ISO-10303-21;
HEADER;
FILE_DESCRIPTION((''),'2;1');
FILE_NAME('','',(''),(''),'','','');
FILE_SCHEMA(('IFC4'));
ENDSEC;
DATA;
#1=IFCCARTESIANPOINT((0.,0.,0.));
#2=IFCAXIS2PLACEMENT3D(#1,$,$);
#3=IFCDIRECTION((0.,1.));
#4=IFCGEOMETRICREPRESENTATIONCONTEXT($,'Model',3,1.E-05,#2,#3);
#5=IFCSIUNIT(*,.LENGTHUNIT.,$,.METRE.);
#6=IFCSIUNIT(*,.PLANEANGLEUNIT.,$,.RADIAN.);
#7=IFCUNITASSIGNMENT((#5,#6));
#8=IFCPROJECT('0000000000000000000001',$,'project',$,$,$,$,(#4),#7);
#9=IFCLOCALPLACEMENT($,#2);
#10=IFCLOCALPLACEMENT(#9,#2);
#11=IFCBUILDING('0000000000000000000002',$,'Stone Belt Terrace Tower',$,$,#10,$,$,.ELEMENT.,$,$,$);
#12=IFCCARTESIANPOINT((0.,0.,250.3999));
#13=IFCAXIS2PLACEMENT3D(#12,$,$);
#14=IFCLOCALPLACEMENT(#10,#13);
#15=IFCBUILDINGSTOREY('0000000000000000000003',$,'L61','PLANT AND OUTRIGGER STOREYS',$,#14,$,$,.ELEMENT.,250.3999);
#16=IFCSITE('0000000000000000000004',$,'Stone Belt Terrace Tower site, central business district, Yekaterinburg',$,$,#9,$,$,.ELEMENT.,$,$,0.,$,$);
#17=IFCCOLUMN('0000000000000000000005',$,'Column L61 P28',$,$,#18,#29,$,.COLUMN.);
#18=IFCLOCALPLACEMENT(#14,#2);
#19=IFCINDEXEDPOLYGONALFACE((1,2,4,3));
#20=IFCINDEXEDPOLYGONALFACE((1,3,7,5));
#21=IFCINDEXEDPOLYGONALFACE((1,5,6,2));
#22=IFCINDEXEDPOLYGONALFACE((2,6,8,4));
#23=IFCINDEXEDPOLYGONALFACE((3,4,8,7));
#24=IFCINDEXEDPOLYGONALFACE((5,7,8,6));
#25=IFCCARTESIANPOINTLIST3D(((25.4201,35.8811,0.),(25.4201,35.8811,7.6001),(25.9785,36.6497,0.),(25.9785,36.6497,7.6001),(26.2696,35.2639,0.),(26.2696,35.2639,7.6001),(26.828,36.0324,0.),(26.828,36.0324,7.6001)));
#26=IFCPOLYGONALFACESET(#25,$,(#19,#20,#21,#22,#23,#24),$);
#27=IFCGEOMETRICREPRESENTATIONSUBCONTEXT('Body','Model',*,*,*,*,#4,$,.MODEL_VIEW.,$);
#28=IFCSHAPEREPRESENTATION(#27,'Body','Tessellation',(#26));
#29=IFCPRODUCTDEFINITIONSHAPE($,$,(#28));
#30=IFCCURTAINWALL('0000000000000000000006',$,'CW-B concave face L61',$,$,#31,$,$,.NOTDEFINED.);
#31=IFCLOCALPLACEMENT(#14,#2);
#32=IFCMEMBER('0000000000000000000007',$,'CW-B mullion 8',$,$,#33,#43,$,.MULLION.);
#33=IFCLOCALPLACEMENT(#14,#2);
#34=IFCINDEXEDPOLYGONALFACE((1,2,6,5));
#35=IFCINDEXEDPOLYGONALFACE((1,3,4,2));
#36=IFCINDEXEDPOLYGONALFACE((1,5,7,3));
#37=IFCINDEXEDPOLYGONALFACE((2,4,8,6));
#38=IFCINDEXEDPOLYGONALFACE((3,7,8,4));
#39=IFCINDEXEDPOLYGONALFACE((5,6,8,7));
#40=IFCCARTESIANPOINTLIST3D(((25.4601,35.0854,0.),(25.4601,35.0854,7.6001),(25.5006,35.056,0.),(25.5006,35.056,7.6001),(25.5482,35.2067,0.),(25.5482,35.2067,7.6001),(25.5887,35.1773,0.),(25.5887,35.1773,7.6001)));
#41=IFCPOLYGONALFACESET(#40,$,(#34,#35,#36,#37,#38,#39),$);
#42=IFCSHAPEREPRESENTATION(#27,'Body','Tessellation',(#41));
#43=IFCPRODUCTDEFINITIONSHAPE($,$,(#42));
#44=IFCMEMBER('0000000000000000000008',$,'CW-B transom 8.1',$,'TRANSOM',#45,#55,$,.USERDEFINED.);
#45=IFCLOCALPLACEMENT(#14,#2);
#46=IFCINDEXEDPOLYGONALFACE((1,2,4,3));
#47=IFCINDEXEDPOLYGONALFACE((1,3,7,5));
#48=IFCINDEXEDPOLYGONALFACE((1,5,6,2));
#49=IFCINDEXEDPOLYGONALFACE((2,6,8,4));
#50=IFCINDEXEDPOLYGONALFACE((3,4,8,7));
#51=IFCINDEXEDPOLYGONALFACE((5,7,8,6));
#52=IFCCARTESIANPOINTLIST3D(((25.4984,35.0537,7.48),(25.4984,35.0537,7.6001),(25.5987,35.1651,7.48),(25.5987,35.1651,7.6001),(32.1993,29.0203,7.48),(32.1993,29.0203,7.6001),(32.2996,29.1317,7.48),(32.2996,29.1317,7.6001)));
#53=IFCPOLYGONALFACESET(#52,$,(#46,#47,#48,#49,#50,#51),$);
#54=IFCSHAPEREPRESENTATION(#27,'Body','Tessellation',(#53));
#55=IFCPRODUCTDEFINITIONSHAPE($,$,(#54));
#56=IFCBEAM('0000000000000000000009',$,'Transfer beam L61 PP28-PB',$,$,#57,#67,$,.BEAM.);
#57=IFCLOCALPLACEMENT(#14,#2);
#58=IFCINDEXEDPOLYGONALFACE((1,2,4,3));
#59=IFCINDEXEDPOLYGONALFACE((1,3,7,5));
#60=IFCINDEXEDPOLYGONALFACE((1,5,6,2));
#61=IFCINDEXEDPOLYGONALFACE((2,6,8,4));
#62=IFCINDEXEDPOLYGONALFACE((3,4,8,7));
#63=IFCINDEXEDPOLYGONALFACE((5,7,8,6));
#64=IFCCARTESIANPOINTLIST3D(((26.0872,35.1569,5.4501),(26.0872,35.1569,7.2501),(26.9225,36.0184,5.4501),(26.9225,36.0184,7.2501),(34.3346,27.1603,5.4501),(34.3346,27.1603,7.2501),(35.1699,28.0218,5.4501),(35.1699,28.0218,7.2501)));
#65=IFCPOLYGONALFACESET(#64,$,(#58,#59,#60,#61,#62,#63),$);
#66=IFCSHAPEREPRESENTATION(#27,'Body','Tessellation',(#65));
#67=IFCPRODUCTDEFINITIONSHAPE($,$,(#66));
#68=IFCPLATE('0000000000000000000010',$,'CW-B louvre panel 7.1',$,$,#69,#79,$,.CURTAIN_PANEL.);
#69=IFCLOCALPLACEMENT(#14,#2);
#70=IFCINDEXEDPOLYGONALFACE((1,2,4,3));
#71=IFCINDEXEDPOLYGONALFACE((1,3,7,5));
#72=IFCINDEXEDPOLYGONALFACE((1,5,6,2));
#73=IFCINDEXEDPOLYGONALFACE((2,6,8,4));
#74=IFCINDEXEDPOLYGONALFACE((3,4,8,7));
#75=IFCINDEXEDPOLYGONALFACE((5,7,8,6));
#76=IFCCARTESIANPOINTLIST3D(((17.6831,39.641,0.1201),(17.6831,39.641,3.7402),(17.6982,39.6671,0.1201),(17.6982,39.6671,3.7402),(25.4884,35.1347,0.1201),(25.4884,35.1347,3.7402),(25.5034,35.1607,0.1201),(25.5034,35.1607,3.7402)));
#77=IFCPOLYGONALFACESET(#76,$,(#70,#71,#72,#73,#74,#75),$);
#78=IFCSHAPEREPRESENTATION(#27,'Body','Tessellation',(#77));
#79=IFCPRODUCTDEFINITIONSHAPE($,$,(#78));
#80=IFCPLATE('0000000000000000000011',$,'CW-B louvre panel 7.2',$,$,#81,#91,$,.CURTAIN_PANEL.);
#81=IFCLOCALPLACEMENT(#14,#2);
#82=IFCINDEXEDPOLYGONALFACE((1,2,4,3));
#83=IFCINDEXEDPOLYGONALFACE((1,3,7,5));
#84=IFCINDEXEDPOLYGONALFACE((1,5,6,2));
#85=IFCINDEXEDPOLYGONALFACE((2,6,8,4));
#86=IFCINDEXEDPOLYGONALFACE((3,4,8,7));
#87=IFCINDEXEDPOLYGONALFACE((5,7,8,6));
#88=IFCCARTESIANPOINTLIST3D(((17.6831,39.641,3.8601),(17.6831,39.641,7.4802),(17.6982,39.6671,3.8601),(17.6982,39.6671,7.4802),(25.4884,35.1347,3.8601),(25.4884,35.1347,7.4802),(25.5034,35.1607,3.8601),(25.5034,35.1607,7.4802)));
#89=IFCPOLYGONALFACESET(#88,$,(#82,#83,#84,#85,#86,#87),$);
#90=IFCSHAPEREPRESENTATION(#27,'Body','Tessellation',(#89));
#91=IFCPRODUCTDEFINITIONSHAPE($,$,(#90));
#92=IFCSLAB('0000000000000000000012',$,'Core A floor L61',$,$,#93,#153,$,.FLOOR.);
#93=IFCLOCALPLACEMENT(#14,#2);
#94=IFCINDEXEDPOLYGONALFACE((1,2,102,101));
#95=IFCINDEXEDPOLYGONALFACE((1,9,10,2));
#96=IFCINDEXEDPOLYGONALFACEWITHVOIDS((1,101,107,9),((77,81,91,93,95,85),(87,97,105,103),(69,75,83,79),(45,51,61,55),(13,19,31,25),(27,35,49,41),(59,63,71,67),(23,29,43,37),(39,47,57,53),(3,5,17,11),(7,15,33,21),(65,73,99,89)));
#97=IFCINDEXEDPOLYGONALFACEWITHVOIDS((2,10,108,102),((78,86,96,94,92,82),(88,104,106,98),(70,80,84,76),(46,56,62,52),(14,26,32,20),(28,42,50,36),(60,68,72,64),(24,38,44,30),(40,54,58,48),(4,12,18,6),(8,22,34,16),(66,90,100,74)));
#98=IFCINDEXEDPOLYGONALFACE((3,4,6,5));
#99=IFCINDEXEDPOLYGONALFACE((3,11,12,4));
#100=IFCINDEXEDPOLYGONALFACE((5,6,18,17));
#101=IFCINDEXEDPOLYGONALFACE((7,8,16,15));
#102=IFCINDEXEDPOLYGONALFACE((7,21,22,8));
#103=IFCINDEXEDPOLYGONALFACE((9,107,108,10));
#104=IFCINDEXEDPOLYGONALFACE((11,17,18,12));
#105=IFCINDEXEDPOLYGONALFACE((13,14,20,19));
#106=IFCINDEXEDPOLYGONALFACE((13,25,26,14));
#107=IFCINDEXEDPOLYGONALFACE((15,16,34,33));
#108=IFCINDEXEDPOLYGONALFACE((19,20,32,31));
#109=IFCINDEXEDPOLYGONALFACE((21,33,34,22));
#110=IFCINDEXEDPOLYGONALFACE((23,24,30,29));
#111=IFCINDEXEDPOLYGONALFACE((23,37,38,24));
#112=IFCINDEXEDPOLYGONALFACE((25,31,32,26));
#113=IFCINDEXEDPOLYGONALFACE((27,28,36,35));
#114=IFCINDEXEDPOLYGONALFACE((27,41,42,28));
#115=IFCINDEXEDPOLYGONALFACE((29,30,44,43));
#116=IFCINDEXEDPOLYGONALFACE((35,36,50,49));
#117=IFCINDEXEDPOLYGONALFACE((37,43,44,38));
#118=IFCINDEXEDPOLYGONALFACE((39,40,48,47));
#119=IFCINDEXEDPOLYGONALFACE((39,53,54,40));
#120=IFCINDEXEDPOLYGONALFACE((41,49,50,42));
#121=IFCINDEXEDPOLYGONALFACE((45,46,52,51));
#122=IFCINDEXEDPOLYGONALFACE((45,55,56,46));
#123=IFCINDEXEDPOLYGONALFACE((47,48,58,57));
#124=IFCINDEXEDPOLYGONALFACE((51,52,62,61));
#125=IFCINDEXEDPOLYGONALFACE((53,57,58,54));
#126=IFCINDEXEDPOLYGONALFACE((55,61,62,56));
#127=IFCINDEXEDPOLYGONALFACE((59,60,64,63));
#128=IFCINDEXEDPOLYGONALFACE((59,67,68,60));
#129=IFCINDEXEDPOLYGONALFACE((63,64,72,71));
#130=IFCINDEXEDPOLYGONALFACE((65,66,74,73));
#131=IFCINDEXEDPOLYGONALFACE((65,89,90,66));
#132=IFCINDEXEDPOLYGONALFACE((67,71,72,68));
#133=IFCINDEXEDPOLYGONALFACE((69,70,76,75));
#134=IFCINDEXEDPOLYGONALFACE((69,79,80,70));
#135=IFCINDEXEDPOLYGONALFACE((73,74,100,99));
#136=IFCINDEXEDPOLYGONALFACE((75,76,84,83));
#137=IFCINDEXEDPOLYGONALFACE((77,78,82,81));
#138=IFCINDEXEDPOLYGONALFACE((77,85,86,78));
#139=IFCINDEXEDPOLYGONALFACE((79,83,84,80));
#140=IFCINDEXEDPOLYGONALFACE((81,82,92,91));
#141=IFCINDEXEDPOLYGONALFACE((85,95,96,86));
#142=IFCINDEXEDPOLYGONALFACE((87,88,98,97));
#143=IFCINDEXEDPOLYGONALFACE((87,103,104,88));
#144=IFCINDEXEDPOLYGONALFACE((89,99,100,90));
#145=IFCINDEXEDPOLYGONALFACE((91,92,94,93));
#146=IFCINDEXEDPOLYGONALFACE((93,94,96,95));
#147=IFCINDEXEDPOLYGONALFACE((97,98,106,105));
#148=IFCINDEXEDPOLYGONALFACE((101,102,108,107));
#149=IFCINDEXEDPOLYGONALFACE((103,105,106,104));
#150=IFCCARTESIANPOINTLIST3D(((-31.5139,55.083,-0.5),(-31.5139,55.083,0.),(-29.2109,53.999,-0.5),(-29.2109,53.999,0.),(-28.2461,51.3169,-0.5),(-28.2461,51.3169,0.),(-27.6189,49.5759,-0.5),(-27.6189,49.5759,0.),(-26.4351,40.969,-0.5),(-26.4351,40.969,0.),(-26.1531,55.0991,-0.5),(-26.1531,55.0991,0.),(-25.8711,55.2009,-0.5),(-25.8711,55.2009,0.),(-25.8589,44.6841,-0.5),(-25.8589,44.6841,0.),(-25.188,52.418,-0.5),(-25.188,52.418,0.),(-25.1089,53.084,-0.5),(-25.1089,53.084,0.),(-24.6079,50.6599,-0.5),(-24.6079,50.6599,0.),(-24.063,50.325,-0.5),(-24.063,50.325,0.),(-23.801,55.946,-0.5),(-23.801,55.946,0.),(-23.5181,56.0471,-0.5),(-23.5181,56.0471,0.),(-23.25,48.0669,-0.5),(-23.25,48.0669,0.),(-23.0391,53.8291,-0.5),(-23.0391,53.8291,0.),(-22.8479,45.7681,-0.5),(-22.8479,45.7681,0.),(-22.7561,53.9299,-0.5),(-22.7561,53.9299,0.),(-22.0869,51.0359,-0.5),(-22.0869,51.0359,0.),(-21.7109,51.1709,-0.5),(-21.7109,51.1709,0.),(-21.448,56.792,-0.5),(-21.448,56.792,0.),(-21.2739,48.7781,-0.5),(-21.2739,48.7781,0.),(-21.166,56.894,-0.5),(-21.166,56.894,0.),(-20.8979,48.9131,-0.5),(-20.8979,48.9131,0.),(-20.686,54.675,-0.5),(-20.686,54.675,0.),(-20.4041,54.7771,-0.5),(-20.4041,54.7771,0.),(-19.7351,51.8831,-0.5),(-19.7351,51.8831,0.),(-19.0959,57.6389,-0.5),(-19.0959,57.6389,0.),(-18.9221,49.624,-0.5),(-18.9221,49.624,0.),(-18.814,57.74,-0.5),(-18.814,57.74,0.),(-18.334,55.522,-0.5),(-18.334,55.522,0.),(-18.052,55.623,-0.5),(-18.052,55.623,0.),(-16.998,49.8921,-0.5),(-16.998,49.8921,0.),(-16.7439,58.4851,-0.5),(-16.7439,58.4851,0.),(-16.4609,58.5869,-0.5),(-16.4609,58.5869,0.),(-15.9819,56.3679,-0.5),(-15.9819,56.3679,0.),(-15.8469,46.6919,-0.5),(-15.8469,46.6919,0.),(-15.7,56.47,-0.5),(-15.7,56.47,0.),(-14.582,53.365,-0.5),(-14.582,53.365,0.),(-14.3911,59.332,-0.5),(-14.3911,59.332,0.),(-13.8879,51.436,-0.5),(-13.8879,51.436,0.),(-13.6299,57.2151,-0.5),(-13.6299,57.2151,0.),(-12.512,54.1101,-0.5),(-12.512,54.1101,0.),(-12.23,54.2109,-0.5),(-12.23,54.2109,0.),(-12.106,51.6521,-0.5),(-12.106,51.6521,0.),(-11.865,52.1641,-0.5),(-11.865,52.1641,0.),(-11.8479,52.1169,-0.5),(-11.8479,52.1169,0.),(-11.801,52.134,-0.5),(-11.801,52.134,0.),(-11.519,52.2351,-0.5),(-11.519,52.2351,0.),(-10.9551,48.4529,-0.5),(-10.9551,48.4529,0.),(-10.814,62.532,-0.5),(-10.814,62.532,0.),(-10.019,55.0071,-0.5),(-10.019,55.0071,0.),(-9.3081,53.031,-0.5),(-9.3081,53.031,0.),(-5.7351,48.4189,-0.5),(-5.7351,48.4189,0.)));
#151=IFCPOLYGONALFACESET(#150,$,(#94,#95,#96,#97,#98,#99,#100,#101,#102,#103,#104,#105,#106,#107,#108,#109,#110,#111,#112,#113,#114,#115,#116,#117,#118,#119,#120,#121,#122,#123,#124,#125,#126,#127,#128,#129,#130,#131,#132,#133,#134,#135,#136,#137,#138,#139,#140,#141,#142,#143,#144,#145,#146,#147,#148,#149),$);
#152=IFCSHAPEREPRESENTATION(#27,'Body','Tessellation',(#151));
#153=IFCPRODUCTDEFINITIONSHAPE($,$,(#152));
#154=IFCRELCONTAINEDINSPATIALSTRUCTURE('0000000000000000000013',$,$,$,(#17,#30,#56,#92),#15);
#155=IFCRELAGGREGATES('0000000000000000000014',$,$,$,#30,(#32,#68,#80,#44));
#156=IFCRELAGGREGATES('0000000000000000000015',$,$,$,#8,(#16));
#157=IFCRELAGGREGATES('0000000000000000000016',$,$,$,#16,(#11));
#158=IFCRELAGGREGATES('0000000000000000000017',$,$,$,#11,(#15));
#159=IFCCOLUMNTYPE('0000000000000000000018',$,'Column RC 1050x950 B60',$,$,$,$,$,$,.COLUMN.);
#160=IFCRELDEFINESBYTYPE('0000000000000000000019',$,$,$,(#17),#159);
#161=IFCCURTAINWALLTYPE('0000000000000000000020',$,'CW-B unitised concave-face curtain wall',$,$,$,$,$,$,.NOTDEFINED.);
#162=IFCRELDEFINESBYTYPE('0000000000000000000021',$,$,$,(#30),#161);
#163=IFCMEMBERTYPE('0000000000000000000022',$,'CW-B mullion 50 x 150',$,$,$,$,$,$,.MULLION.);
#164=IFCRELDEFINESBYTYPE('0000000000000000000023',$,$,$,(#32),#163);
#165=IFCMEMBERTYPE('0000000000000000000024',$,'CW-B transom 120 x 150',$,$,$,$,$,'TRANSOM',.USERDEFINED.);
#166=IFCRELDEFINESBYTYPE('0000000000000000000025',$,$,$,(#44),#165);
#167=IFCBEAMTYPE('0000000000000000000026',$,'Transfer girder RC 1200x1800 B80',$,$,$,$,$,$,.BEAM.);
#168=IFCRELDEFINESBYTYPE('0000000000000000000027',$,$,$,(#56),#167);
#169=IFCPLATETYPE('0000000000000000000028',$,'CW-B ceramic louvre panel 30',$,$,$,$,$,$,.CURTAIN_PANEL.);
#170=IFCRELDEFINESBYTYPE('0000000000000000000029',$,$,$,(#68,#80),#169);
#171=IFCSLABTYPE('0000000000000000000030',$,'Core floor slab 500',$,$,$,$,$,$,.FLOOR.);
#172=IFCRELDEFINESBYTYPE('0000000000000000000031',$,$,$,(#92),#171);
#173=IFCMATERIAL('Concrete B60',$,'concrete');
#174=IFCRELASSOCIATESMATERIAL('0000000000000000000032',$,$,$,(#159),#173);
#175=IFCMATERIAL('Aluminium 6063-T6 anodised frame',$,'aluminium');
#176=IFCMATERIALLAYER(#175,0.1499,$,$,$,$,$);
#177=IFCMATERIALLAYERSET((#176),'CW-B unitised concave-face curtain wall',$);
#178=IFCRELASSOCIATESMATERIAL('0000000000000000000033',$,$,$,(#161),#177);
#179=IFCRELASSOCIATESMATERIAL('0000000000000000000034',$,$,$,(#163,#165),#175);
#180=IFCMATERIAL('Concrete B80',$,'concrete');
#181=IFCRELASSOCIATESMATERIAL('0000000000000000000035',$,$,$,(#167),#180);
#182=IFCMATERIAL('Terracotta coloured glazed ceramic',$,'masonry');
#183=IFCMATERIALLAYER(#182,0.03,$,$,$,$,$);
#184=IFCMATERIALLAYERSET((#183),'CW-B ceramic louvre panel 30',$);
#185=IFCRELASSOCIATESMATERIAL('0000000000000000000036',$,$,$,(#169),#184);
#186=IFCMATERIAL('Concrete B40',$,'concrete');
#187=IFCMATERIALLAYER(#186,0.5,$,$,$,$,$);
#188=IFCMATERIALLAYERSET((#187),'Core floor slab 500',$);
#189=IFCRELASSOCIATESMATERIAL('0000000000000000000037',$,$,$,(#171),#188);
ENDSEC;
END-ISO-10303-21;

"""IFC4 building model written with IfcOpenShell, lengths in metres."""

from ifc_helpers import new_model, si_unit, direction, frame, origin, origin_2d, place, context, subcontext, project, spatial, polyline, rectangle, outline, extrude, material, layer, layer_set, material_profile, profile_set, type_object, element, aggregate, save


model = new_model("IFC4")

# Units and contexts
model_context = context("Model", 3, precision=1e-05, world=origin(), true_north=direction((0.0, 1.0)))
body_context = subcontext(model_context, "Body", "Model", "MODEL_VIEW")
ifc_project = project(units=[si_unit("LENGTHUNIT", "METRE"), si_unit("PLANEANGLEUNIT", "RADIAN")], contexts=[model_context])

# Site, building, storey
site_placement = place(None, origin())
site = spatial("IfcSite", under=ifc_project, at=site_placement, Name="Stone Belt Terrace Tower site, central business district, Yekaterinburg", CompositionType="ELEMENT", RefElevation=0.0)
building_placement = place(site_placement, origin())
building = spatial("IfcBuilding", under=site, at=building_placement, Name="Stone Belt Terrace Tower", CompositionType="ELEMENT")
storey_placement = place(building_placement, frame((0.0, 0.0, 250.3999)))
storey = spatial("IfcBuildingStorey", under=building, at=storey_placement, Name="L61", Description="PLANT AND OUTRIGGER STOREYS", CompositionType="ELEMENT", Elevation=250.3999)

# Column
ifc_material_1 = material(Name="Concrete B60", Category="concrete")
ifc_material_profile_1 = material_profile(ifc_material_1, rectangle(XDim=1.05, YDim=0.95, at=origin_2d()), Name="RC 1050x950")
ifc_profile_set_1 = profile_set([ifc_material_profile_1], Name="Concrete B60")
column_type = type_object("IfcColumnType", Name="Column RC 1050x950 B60", PredefinedType="COLUMN", material=ifc_profile_set_1)
column_placement = place(storey_placement, frame((26.124, 35.9568, 0.0), z_axis=(0.0, 0.0, 1.0), x_axis=(0.809017, -0.587785, 0.0)))
element("IfcColumn", 1, at=column_placement, inside=storey, type_object=column_type, Name="Column L61 P28", PredefinedType="COLUMN", context=body_context, shape_type="SweptSolid", body=[
    extrude(rectangle(XDim=1.05, YDim=0.95, at=origin_2d()), origin(), (0.0, 0.0, 1.0), 7.6001),
])

# Curtain wall, members
ifc_material_2 = material(Name="Aluminium 6063-T6 anodised frame", Category="aluminium")
ifc_layer_1 = layer(ifc_material_2, 0.1499)
ifc_layer_set_1 = layer_set([ifc_layer_1], Name="CW-B unitised concave-face curtain wall")
curtain_wall_type = type_object("IfcCurtainWallType", Name="CW-B unitised concave-face curtain wall", PredefinedType="NOTDEFINED", material=ifc_layer_set_1)
curtain_wall_placement = place(storey_placement, origin())
curtain_wall = element("IfcCurtainWall", 2, at=curtain_wall_placement, inside=storey, type_object=curtain_wall_type, Name="CW-B concave face L61", PredefinedType="NOTDEFINED")
ifc_material_profile_2 = material_profile(ifc_material_2, rectangle(XDim=0.1499, YDim=0.05, at=origin_2d()), Name="Aluminium 6063-T6 50x150")
ifc_profile_set_2 = profile_set([ifc_material_profile_2], Name="Aluminium 6063-T6 anodised frame")
member_type_1 = type_object("IfcMemberType", Name="CW-B mullion 50 x 150", PredefinedType="MULLION", material=ifc_profile_set_2)
member_1_placement = place(storey_placement, frame((25.5244, 35.1313, 0.0), z_axis=(0.0, 0.0, 1.0), x_axis=(0.587785, 0.809017, 0.0)))
member_1 = element("IfcMember", 3, at=member_1_placement, type_object=member_type_1, Name="CW-B mullion 8", PredefinedType="MULLION", context=body_context, shape_type="SweptSolid", body=[
    extrude(rectangle(XDim=0.1499, YDim=0.05, at=origin_2d()), origin(), (0.0, 0.0, 1.0), 7.6001),
])
ifc_material_profile_3 = material_profile(ifc_material_2, rectangle(XDim=0.1499, YDim=0.1201, at=origin_2d()), Name="Aluminium 6063-T6 150x120")
ifc_profile_set_3 = profile_set([ifc_material_profile_3], Name="Aluminium 6063-T6 anodised frame")
member_type_2 = type_object("IfcMemberType", Name="CW-B transom 120 x 150", ElementType="TRANSOM", PredefinedType="USERDEFINED", material=ifc_profile_set_3)
member_2_placement = place(storey_placement, frame((25.5486, 35.1094, 7.54), z_axis=(0.74315, -0.669125, 0.0), x_axis=(0.669125, 0.74315, 0.0)))
member_2 = element("IfcMember", 4, at=member_2_placement, type_object=member_type_2, Name="CW-B transom 8.1", ObjectType="TRANSOM", PredefinedType="USERDEFINED", context=body_context, shape_type="SweptSolid", body=[
    extrude(rectangle(XDim=0.1499, YDim=0.1201, at=origin_2d()), origin(), (0.0, 0.0, 1.0), 9.0168),
])

# Beam
ifc_material_3 = material(Name="Concrete B80", Category="concrete")
ifc_material_profile_4 = material_profile(ifc_material_3, rectangle(XDim=1.2, YDim=1.8, at=origin_2d()), Name="RC 1200x1800")
ifc_profile_set_4 = profile_set([ifc_material_profile_4], Name="Concrete B80")
beam_type = type_object("IfcBeamType", Name="Transfer girder RC 1200x1800 B80", PredefinedType="BEAM", material=ifc_profile_set_4)
beam_placement = place(storey_placement, frame((26.5049, 35.5876, 6.3501), z_axis=(0.717936, -0.696109, 0.0), x_axis=(0.696109, 0.717936, 0.0)))
element("IfcBeam", 5, at=beam_placement, inside=storey, type_object=beam_type, Name="Transfer beam L61 PP28-PB", PredefinedType="BEAM", context=body_context, shape_type="SweptSolid", body=[
    extrude(rectangle(XDim=1.2, YDim=1.8, at=origin_2d()), origin(), (0.0, 0.0, 1.0), 11.4875),
])

# Plates
ifc_material_4 = material(Name="Terracotta coloured glazed ceramic", Category="masonry")
ifc_layer_2 = layer(ifc_material_4, 0.03)
ifc_layer_set_2 = layer_set([ifc_layer_2], Name="CW-B ceramic louvre panel 30")
plate_type = type_object("IfcPlateType", Name="CW-B ceramic louvre panel 30", PredefinedType="CURTAIN_PANEL", material=ifc_layer_set_2)
plate_1_placement = place(storey_placement, frame((21.5933, 37.4009, 0.1201), z_axis=(0.0, 0.0, 1.0), x_axis=(0.866025, -0.5, 0.0)))
plate_1 = element("IfcPlate", 6, at=plate_1_placement, type_object=plate_type, Name="CW-B louvre panel 7.1", PredefinedType="CURTAIN_PANEL", context=body_context, shape_type="SweptSolid", body=[
    extrude(rectangle(XDim=9.0127, YDim=0.03, at=origin_2d()), origin(), (0.0, 0.0, 1.0), 3.6201),
])
plate_2_placement = place(storey_placement, frame((21.5933, 37.4009, 3.8601), z_axis=(0.0, 0.0, 1.0), x_axis=(0.866025, -0.5, 0.0)))
plate_2 = element("IfcPlate", 7, at=plate_2_placement, type_object=plate_type, Name="CW-B louvre panel 7.2", PredefinedType="CURTAIN_PANEL", context=body_context, shape_type="SweptSolid", body=[
    extrude(rectangle(XDim=9.0127, YDim=0.03, at=origin_2d()), origin(), (0.0, 0.0, 1.0), 3.6201),
])
aggregate(curtain_wall, [member_1, plate_1, plate_2, member_2])

# Slab
ifc_material_5 = material(Name="Concrete B40", Category="concrete")
ifc_layer_3 = layer(ifc_material_5, 0.5)
ifc_layer_set_3 = layer_set([ifc_layer_3], Name="Core floor slab 500")
slab_type_1 = type_object("IfcSlabType", Name="Core floor slab 500", PredefinedType="FLOOR", material=ifc_layer_set_3)
slab_1_placement = place(storey_placement, frame((0.0, 0.0, -0.5)))
element("IfcSlab", 8, at=slab_1_placement, inside=storey, type_object=slab_type_1, Name="Core A floor L61", PredefinedType="FLOOR", context=body_context, shape_type="SweptSolid", body=[
    extrude(outline(polyline([(-26.4351, 40.969), (-5.7351, 48.4189), (-10.814, 62.532), (-31.5139, 55.083), (-26.4351, 40.969)]), holes=[polyline([(-24.6079, 50.6599), (-22.8479, 45.7681), (-25.8589, 44.6841), (-27.6189, 49.5759), (-24.6079, 50.6599)]), polyline([(-21.2739, 48.7781), (-23.25, 48.0669), (-24.063, 50.325), (-22.0869, 51.0359), (-21.2739, 48.7781)]), polyline([(-18.9221, 49.624), (-20.8979, 48.9131), (-21.7109, 51.1709), (-19.7351, 51.8831), (-18.9221, 49.624)]), polyline([(-28.2461, 51.3169), (-29.2109, 53.999), (-26.1531, 55.0991), (-25.188, 52.418), (-28.2461, 51.3169)]), polyline([(-23.801, 55.946), (-23.0391, 53.8291), (-25.1089, 53.084), (-25.8711, 55.2009), (-23.801, 55.946)]), polyline([(-21.448, 56.792), (-20.686, 54.675), (-22.7561, 53.9299), (-23.5181, 56.0471), (-21.448, 56.792)]), polyline([(-10.9551, 48.4529), (-15.8469, 46.6919), (-16.998, 49.8921), (-12.106, 51.6521), (-10.9551, 48.4529)]), polyline([(-11.8479, 52.1169), (-11.865, 52.1641), (-13.8879, 51.436), (-14.582, 53.365), (-12.512, 54.1101), (-11.801, 52.134), (-11.8479, 52.1169)]), polyline([(-9.3081, 53.031), (-11.519, 52.2351), (-12.23, 54.2109), (-10.019, 55.0071), (-9.3081, 53.031)]), polyline([(-21.166, 56.894), (-19.0959, 57.6389), (-18.334, 55.522), (-20.4041, 54.7771), (-21.166, 56.894)]), polyline([(-16.7439, 58.4851), (-15.9819, 56.3679), (-18.052, 55.623), (-18.814, 57.74), (-16.7439, 58.4851)]), polyline([(-14.3911, 59.332), (-13.6299, 57.2151), (-15.7, 56.47), (-16.4609, 58.5869), (-14.3911, 59.332)])]), origin(), (0.0, 0.0, 1.0), 0.5),
])

save(model, "model.ifc")
